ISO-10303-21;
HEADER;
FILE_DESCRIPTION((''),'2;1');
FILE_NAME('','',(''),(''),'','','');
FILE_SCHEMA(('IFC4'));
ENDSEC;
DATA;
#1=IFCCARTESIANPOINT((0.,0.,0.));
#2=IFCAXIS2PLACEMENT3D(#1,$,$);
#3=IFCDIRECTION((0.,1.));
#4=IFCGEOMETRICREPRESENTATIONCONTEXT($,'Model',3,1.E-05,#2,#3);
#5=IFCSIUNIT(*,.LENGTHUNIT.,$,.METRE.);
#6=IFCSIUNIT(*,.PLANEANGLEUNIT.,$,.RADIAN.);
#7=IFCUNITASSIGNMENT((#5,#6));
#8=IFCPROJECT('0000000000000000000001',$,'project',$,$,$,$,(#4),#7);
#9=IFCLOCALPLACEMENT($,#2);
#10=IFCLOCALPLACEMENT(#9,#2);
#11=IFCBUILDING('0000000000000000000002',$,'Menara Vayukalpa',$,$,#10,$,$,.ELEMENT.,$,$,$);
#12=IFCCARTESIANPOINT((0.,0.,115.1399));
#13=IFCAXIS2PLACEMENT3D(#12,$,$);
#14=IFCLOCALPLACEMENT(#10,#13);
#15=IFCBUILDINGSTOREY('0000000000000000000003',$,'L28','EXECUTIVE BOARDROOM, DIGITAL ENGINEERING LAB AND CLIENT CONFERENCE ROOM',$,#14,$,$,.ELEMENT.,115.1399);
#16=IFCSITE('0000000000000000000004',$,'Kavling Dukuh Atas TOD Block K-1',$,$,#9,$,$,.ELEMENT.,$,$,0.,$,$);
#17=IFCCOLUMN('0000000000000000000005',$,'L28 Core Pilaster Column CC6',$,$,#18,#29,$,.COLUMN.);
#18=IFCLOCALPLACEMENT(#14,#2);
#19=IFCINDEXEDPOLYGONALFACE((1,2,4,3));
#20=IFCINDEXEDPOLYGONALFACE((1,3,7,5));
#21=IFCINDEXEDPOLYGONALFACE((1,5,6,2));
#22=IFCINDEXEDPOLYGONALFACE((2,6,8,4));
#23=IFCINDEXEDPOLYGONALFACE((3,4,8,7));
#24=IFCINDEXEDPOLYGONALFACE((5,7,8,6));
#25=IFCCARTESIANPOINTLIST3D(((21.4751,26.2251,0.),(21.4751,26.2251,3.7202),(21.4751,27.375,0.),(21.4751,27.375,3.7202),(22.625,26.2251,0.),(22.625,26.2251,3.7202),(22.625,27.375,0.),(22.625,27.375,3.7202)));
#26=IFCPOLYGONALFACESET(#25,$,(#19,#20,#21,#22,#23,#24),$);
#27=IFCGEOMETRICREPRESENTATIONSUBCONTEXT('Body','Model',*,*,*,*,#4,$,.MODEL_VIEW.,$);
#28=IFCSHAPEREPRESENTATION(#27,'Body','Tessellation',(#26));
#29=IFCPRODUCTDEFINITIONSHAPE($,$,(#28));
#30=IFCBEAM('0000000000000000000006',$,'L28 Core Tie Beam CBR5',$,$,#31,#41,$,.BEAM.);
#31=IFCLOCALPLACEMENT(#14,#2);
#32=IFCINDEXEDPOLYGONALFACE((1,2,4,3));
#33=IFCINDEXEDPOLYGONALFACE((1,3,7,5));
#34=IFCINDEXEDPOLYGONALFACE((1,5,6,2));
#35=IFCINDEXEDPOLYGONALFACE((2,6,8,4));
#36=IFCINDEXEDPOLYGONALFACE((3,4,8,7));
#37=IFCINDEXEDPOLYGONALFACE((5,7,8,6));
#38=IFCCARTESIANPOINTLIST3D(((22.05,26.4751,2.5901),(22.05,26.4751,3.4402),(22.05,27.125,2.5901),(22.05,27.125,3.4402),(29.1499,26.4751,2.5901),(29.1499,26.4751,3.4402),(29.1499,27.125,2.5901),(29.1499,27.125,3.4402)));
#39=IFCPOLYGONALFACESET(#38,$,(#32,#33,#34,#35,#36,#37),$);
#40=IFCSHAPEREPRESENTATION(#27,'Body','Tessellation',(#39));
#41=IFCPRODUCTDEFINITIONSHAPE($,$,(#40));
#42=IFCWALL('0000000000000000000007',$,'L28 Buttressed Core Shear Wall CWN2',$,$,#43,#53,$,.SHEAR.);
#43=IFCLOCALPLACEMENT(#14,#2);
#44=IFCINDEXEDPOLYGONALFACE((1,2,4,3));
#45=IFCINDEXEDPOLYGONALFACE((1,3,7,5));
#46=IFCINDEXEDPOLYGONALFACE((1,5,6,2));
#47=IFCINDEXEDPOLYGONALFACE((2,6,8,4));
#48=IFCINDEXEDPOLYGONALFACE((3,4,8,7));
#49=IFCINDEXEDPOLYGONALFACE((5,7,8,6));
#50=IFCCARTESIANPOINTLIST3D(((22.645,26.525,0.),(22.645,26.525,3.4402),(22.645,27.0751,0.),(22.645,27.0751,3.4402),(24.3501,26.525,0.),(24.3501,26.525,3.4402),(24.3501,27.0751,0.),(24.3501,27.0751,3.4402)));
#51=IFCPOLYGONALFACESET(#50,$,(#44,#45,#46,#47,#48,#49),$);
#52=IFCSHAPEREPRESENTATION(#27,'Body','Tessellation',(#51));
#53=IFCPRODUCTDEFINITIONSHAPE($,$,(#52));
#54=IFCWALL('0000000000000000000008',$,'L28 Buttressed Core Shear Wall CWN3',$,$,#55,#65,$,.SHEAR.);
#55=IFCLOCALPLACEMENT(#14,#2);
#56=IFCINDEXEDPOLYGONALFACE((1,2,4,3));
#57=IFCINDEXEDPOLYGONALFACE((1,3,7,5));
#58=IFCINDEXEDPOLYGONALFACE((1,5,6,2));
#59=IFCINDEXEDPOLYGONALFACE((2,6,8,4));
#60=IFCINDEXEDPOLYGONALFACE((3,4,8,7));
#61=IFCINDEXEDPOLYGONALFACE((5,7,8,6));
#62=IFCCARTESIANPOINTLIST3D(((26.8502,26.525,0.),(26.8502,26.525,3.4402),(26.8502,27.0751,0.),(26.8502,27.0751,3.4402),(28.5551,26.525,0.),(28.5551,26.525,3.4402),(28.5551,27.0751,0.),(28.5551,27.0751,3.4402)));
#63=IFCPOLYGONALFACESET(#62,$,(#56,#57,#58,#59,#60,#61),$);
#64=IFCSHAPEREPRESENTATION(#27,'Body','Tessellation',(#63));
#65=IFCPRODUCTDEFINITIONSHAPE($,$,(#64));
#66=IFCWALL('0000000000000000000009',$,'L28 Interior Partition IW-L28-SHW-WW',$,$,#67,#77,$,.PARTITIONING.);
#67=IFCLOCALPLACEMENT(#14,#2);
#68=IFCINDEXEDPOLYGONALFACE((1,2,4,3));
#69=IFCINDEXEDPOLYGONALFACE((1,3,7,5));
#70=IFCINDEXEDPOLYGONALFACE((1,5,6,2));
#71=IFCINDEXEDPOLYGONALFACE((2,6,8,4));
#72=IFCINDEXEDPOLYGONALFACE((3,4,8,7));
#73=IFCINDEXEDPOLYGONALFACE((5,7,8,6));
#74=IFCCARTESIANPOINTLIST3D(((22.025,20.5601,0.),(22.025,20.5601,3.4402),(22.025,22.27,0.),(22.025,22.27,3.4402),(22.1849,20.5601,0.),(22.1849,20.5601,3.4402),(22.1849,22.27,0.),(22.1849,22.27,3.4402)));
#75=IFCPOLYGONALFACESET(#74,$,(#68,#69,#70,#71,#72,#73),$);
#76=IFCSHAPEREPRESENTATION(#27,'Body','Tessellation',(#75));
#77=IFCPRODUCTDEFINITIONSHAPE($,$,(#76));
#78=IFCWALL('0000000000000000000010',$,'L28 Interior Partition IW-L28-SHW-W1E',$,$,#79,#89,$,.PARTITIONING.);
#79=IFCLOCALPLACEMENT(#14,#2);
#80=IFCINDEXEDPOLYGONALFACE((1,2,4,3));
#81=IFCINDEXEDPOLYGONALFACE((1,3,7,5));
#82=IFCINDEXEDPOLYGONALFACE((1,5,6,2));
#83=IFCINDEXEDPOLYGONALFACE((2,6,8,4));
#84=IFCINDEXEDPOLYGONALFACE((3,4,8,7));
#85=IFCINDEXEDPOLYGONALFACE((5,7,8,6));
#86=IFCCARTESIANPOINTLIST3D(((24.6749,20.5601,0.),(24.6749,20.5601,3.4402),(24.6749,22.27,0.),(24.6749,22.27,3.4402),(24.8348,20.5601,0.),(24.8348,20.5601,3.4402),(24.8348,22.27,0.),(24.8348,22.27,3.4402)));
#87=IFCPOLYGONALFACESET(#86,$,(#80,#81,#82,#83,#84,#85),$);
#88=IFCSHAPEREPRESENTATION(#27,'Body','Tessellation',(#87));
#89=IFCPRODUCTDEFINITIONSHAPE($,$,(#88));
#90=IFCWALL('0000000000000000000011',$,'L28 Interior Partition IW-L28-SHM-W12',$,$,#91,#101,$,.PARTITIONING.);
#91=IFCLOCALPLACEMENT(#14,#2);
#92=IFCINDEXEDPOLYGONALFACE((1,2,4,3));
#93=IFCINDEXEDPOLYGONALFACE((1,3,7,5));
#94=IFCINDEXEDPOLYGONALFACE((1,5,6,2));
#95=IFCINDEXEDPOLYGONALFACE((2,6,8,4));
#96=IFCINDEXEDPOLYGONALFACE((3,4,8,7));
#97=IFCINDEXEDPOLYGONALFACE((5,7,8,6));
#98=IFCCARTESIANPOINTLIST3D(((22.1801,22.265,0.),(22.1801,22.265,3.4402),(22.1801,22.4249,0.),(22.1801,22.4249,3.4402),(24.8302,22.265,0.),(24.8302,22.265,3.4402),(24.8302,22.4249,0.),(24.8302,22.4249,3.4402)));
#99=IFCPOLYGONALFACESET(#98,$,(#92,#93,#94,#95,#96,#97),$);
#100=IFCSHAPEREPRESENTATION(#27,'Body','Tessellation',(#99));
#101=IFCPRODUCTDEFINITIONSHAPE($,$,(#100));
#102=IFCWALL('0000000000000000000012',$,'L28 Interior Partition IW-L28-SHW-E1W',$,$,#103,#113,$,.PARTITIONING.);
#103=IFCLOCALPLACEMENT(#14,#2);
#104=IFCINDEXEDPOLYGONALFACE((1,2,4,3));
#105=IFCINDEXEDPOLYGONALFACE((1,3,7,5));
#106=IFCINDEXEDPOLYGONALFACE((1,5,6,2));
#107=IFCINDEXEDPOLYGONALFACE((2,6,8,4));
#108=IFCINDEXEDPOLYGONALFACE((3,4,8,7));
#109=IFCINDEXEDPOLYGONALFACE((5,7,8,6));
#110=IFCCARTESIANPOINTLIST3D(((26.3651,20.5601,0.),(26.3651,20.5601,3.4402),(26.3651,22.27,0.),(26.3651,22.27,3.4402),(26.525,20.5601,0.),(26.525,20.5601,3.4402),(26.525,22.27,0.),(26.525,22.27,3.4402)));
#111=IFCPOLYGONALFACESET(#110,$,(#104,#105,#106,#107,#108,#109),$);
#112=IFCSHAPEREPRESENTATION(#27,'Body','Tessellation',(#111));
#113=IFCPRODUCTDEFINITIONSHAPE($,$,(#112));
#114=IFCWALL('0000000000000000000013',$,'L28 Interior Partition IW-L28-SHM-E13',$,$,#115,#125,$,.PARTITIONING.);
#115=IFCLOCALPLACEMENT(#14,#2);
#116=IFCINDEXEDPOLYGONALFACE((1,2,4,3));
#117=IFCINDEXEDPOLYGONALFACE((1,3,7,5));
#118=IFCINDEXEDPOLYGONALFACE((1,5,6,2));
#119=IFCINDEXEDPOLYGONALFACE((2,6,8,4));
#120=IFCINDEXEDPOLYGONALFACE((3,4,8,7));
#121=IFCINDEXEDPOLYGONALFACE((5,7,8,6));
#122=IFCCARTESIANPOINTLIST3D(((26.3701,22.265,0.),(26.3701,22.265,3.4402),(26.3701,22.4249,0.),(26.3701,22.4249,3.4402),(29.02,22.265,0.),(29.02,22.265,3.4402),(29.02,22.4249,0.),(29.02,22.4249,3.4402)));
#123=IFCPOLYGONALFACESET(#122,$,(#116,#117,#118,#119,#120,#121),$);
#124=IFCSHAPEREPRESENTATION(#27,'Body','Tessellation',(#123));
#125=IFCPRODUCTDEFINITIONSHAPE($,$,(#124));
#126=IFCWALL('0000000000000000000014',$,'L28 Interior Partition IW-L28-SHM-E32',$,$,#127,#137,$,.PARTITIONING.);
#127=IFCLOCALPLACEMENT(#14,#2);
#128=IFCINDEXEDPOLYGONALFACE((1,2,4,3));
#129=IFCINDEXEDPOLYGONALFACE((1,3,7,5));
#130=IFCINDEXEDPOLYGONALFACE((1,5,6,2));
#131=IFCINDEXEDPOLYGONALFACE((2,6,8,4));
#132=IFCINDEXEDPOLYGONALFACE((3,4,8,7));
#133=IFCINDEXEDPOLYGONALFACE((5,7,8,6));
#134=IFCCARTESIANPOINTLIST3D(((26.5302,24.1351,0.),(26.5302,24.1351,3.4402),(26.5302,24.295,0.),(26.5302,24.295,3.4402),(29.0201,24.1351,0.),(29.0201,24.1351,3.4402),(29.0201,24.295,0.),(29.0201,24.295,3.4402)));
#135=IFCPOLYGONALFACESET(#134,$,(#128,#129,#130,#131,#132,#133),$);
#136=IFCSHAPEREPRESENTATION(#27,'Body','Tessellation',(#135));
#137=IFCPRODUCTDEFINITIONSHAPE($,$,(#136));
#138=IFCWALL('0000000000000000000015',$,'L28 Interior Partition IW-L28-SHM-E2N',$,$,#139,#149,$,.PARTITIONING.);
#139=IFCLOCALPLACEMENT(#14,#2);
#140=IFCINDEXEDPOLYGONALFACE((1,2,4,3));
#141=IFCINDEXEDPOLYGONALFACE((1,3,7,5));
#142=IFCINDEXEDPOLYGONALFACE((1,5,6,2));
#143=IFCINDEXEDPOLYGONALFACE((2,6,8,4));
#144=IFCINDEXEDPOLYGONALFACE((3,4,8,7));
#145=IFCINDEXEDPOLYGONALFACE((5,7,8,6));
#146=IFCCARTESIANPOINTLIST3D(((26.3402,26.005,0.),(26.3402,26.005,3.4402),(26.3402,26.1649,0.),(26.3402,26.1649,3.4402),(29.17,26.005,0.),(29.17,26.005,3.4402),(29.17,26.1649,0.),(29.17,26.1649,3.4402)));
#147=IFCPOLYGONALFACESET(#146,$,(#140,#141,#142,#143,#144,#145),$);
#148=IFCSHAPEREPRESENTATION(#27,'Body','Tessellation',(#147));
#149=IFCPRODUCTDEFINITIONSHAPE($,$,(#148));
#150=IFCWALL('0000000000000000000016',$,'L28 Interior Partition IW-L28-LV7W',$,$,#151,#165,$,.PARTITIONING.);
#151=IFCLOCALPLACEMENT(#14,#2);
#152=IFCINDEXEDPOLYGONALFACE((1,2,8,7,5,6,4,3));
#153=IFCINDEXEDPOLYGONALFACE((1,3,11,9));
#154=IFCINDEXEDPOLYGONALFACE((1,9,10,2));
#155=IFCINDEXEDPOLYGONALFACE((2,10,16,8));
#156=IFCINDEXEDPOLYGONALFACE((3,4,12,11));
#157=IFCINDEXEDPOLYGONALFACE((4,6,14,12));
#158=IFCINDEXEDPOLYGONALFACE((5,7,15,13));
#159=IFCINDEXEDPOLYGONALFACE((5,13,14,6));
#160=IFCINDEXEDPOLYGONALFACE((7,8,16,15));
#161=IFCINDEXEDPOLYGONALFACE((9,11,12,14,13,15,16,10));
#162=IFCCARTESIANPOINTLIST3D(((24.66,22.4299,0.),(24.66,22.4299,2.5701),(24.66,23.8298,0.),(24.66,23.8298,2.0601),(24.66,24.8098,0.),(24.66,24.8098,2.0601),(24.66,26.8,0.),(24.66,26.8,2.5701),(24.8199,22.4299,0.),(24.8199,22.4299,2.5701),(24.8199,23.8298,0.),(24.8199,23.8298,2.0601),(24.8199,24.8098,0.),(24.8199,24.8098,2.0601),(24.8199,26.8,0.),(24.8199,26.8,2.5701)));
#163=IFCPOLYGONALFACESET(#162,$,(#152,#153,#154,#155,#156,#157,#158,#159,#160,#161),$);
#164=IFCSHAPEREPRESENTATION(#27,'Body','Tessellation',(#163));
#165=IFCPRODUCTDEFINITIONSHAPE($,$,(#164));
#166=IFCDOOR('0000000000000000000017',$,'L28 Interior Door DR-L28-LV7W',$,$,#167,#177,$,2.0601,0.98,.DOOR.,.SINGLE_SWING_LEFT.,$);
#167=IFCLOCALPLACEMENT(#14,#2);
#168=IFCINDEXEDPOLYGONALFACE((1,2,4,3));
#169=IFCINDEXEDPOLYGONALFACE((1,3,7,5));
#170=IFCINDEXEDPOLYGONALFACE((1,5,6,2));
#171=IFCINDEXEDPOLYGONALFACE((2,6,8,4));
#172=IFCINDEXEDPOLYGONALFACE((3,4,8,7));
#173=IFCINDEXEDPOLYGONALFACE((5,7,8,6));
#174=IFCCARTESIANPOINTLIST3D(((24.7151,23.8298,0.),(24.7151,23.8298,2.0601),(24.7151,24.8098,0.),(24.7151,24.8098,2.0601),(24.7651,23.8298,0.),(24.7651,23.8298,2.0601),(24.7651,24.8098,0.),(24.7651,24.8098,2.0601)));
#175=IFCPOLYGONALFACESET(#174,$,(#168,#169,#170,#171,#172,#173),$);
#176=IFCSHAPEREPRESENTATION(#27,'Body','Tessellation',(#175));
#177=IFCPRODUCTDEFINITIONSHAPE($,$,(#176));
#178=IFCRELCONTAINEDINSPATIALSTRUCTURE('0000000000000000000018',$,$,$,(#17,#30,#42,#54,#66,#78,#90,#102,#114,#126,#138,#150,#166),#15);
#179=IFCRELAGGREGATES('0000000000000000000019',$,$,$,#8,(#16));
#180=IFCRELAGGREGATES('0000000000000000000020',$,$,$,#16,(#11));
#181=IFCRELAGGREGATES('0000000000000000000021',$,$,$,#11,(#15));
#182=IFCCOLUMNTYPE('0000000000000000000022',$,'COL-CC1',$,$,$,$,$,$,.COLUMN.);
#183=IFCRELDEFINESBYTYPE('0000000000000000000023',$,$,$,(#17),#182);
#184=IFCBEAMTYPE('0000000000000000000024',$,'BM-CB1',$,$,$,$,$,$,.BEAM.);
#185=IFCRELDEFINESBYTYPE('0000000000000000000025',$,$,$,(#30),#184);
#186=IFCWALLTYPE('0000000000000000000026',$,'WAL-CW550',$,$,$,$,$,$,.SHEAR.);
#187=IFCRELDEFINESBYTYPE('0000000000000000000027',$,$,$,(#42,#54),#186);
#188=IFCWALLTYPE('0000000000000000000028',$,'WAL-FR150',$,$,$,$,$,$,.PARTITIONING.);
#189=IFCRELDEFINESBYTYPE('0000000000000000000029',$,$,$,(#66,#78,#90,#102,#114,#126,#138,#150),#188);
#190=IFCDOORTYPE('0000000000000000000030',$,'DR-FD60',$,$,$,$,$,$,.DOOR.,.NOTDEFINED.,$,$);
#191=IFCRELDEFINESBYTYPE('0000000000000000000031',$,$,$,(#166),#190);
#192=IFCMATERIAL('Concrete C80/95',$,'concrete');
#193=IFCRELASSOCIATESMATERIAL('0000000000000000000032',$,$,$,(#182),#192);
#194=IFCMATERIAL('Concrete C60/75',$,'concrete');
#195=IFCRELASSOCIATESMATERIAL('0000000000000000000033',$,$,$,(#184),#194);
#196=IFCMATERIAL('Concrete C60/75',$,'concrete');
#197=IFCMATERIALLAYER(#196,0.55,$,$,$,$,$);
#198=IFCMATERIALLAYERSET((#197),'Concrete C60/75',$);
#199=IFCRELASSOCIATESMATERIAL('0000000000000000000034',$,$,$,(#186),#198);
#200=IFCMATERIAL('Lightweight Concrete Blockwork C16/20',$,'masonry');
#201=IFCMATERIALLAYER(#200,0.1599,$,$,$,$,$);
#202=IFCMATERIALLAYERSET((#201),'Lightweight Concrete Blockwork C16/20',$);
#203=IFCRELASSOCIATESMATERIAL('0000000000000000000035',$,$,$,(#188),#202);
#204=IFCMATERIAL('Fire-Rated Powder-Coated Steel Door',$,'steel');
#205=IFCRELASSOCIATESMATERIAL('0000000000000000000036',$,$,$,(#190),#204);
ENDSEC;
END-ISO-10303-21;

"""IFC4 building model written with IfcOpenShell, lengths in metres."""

from ifc_helpers import new_model, si_unit, direction, frame, frame_2d, origin, origin_2d, place, context, subcontext, project, spatial, rectangle, extrude, material, layer, layer_set, material_profile, profile_set, type_object, element, fill, save


model = new_model("IFC4")

# Units and contexts
model_context = context("Model", 3, precision=1e-05, world=origin(), true_north=direction((0.0, 1.0)))
body_context = subcontext(model_context, "Body", "Model", "MODEL_VIEW")
ifc_project = project(units=[si_unit("LENGTHUNIT", "METRE"), si_unit("PLANEANGLEUNIT", "RADIAN")], contexts=[model_context])

# Site, building, storey
site_placement = place(None, origin())
site = spatial("IfcSite", under=ifc_project, at=site_placement, Name="Kavling Dukuh Atas TOD Block K-1", CompositionType="ELEMENT", RefElevation=0.0)
building_placement = place(site_placement, origin())
building = spatial("IfcBuilding", under=site, at=building_placement, Name="Menara Vayukalpa", CompositionType="ELEMENT")
storey_placement = place(building_placement, frame((0.0, 0.0, 115.1399)))
storey = spatial("IfcBuildingStorey", under=building, at=storey_placement, Name="L28", Description="EXECUTIVE BOARDROOM, DIGITAL ENGINEERING LAB AND CLIENT CONFERENCE ROOM", CompositionType="ELEMENT", Elevation=115.1399)

# Column
ifc_material_1 = material(Name="Concrete C80/95", Category="concrete")
ifc_material_profile_1 = material_profile(ifc_material_1, rectangle(XDim=1.1499, YDim=1.1499, at=origin_2d()), Name="RC 1150x1150")
ifc_profile_set_1 = profile_set([ifc_material_profile_1], Name="Concrete C80/95")
column_type = type_object("IfcColumnType", Name="COL-CC1", PredefinedType="COLUMN", material=ifc_profile_set_1)
column_placement = place(storey_placement, frame((22.05, 26.8, 0.0), z_axis=(0.0, 0.0, 1.0), x_axis=(1.0, 0.0, 0.0)))
element("IfcColumn", 1, at=column_placement, inside=storey, type_object=column_type, Name="L28 Core Pilaster Column CC6", PredefinedType="COLUMN", context=body_context, shape_type="SweptSolid", body=[
    extrude(rectangle(XDim=1.1499, YDim=1.1499, at=origin_2d()), origin(), (0.0, 0.0, 1.0), 3.7202),
])

# Beam
ifc_material_2 = material(Name="Concrete C60/75", Category="concrete")
ifc_material_profile_2 = material_profile(ifc_material_2, rectangle(XDim=0.6499, YDim=0.8501, at=origin_2d()), Name="RC 650x850")
ifc_profile_set_2 = profile_set([ifc_material_profile_2], Name="Concrete C60/75")
beam_type = type_object("IfcBeamType", Name="BM-CB1", PredefinedType="BEAM", material=ifc_profile_set_2)
beam_placement = place(storey_placement, frame((22.05, 26.8, 3.0151), z_axis=(1.0, 0.0, 0.0), x_axis=(0.0, 1.0, 0.0)))
element("IfcBeam", 2, at=beam_placement, inside=storey, type_object=beam_type, Name="L28 Core Tie Beam CBR5", PredefinedType="BEAM", context=body_context, shape_type="SweptSolid", body=[
    extrude(rectangle(XDim=0.6499, YDim=0.8501, at=origin_2d()), origin(), (0.0, 0.0, 1.0), 7.0999),
])

# Walls
ifc_material_3 = material(Name="Concrete C60/75", Category="concrete")
ifc_layer_1 = layer(ifc_material_3, 0.55)
ifc_layer_set_1 = layer_set([ifc_layer_1], Name="Concrete C60/75")
wall_type_1 = type_object("IfcWallType", Name="WAL-CW550", PredefinedType="SHEAR", material=ifc_layer_set_1)
wall_1_placement = place(storey_placement, frame((22.645, 26.8, 0.0), z_axis=(0.0, 0.0, 1.0), x_axis=(1.0, 0.0, 0.0)))
element("IfcWall", 3, at=wall_1_placement, inside=storey, type_object=wall_type_1, Name="L28 Buttressed Core Shear Wall CWN2", PredefinedType="SHEAR", context=body_context, shape_type="SweptSolid", body=[
    extrude(rectangle(XDim=1.7051, YDim=0.55, at=frame_2d((0.8525, 0.0))), origin(), (0.0, 0.0, 1.0), 3.4402),
])
wall_2_placement = place(storey_placement, frame((26.8501, 26.8, 0.0), z_axis=(0.0, 0.0, 1.0), x_axis=(1.0, 0.0, 0.0)))
element("IfcWall", 4, at=wall_2_placement, inside=storey, type_object=wall_type_1, Name="L28 Buttressed Core Shear Wall CWN3", PredefinedType="SHEAR", context=body_context, shape_type="SweptSolid", body=[
    extrude(rectangle(XDim=1.7048, YDim=0.55, at=frame_2d((0.8525, 0.0))), origin(), (0.0, 0.0, 1.0), 3.4402),
])
ifc_material_4 = material(Name="Lightweight Concrete Blockwork C16/20", Category="masonry")
ifc_layer_2 = layer(ifc_material_4, 0.1599)
ifc_layer_set_2 = layer_set([ifc_layer_2], Name="Lightweight Concrete Blockwork C16/20")
wall_type_2 = type_object("IfcWallType", Name="WAL-FR150", PredefinedType="PARTITIONING", material=ifc_layer_set_2)
for number, where, z_axis, x_axis, name in (
    (5, (22.105, 20.5601, 0.0), (0.0, 0.0, 1.0), (0.0, 1.0, 0.0), "L28 Interior Partition IW-L28-SHW-WW"),
    (6, (24.7549, 20.5601, 0.0), (0.0, 0.0, 1.0), (0.0, 1.0, 0.0), "L28 Interior Partition IW-L28-SHW-W1E"),
):
    element("IfcWall", number, at=place(storey_placement, frame(where, z_axis=z_axis, x_axis=x_axis)), inside=storey, type_object=wall_type_2, Name=name, PredefinedType="PARTITIONING", context=body_context, shape_type="SweptSolid", body=[
        extrude(rectangle(XDim=1.71, YDim=0.1599, at=frame_2d((0.855, 0.0))), origin(), (0.0, 0.0, 1.0), 3.4402),
    ])
wall_3_placement = place(storey_placement, frame((22.1799, 22.345, 0.0), z_axis=(0.0, 0.0, 1.0), x_axis=(1.0, 0.0, 0.0)))
element("IfcWall", 7, at=wall_3_placement, inside=storey, type_object=wall_type_2, Name="L28 Interior Partition IW-L28-SHM-W12", PredefinedType="PARTITIONING", context=body_context, shape_type="SweptSolid", body=[
    extrude(rectangle(XDim=2.6501, YDim=0.1599, at=frame_2d((1.3252, 0.0))), origin(), (0.0, 0.0, 1.0), 3.4402),
])
wall_4_placement = place(storey_placement, frame((26.4451, 20.5601, 0.0), z_axis=(0.0, 0.0, 1.0), x_axis=(0.0, 1.0, 0.0)))
element("IfcWall", 8, at=wall_4_placement, inside=storey, type_object=wall_type_2, Name="L28 Interior Partition IW-L28-SHW-E1W", PredefinedType="PARTITIONING", context=body_context, shape_type="SweptSolid", body=[
    extrude(rectangle(XDim=1.71, YDim=0.1599, at=frame_2d((0.855, 0.0))), origin(), (0.0, 0.0, 1.0), 3.4402),
])
wall_5_placement = place(storey_placement, frame((26.3701, 22.345, 0.0), z_axis=(0.0, 0.0, 1.0), x_axis=(1.0, 0.0, 0.0)))
element("IfcWall", 9, at=wall_5_placement, inside=storey, type_object=wall_type_2, Name="L28 Interior Partition IW-L28-SHM-E13", PredefinedType="PARTITIONING", context=body_context, shape_type="SweptSolid", body=[
    extrude(rectangle(XDim=2.6499, YDim=0.1599, at=frame_2d((1.325, 0.0))), origin(), (0.0, 0.0, 1.0), 3.4402),
])
wall_6_placement = place(storey_placement, frame((26.53, 24.2151, 0.0), z_axis=(0.0, 0.0, 1.0), x_axis=(1.0, 0.0, 0.0)))
element("IfcWall", 10, at=wall_6_placement, inside=storey, type_object=wall_type_2, Name="L28 Interior Partition IW-L28-SHM-E32", PredefinedType="PARTITIONING", context=body_context, shape_type="SweptSolid", body=[
    extrude(rectangle(XDim=2.49, YDim=0.1599, at=frame_2d((1.2451, 0.0))), origin(), (0.0, 0.0, 1.0), 3.4402),
])
wall_7_placement = place(storey_placement, frame((26.3401, 26.085, 0.0), z_axis=(0.0, 0.0, 1.0), x_axis=(1.0, 0.0, 0.0)))
element("IfcWall", 11, at=wall_7_placement, inside=storey, type_object=wall_type_2, Name="L28 Interior Partition IW-L28-SHM-E2N", PredefinedType="PARTITIONING", context=body_context, shape_type="SweptSolid", body=[
    extrude(rectangle(XDim=2.8298, YDim=0.1599, at=frame_2d((1.415, 0.0))), origin(), (0.0, 0.0, 1.0), 3.4402),
])

# Wall, opening, door
wall_8_placement = place(storey_placement, frame((24.74, 22.4299, 0.0), z_axis=(0.0, 0.0, 1.0), x_axis=(0.0, 1.0, 0.0)))
wall_8 = element("IfcWall", 12, at=wall_8_placement, inside=storey, type_object=wall_type_2, Name="L28 Interior Partition IW-L28-LV7W", PredefinedType="PARTITIONING", context=body_context, shape_type="SweptSolid", body=[
    extrude(rectangle(XDim=4.3701, YDim=0.1599, at=frame_2d((2.1851, 0.0))), origin(), (0.0, 0.0, 1.0), 2.5701),
])
opening_1_placement = place(wall_8_placement, frame((1.3999, 0.0, 0.0)))
opening_1 = element("IfcOpeningElement", 13, at=opening_1_placement, cuts=wall_8, PredefinedType="OPENING", context=body_context, shape_type="SweptSolid", body=[
    extrude(rectangle(XDim=0.98, YDim=2.0601, at=frame_2d((0.49, 1.03))), frame((0.0, 0.0898, 0.0), z_axis=(0.0, -1.0, 0.0), x_axis=(1.0, 0.0, 0.0)), (0.0, 0.0, 1.0), 0.1799),
])
ifc_material_5 = material(Name="Fire-Rated Powder-Coated Steel Door", Category="steel")
door_type_1 = type_object("IfcDoorType", Name="DR-FD60", OperationType="NOTDEFINED", PredefinedType="DOOR", material=ifc_material_5)
door_1_placement = place(opening_1_placement, origin())
door_1 = element("IfcDoor", 14, at=door_1_placement, inside=storey, type_object=door_type_1, Name="L28 Interior Door DR-L28-LV7W", OperationType="SINGLE_SWING_LEFT", OverallHeight=2.0601, OverallWidth=0.98, PredefinedType="DOOR", context=body_context, shape_type="SweptSolid", body=[
    extrude(rectangle(XDim=0.98, YDim=2.0601, at=frame_2d((0.49, 1.03))), frame((0.0, 0.0249, 0.0), z_axis=(0.0, -1.0, 0.0), x_axis=(1.0, 0.0, 0.0)), (0.0, 0.0, 1.0), 0.05),
])
fill(opening_1, door_1)

save(model, "model.ifc")
